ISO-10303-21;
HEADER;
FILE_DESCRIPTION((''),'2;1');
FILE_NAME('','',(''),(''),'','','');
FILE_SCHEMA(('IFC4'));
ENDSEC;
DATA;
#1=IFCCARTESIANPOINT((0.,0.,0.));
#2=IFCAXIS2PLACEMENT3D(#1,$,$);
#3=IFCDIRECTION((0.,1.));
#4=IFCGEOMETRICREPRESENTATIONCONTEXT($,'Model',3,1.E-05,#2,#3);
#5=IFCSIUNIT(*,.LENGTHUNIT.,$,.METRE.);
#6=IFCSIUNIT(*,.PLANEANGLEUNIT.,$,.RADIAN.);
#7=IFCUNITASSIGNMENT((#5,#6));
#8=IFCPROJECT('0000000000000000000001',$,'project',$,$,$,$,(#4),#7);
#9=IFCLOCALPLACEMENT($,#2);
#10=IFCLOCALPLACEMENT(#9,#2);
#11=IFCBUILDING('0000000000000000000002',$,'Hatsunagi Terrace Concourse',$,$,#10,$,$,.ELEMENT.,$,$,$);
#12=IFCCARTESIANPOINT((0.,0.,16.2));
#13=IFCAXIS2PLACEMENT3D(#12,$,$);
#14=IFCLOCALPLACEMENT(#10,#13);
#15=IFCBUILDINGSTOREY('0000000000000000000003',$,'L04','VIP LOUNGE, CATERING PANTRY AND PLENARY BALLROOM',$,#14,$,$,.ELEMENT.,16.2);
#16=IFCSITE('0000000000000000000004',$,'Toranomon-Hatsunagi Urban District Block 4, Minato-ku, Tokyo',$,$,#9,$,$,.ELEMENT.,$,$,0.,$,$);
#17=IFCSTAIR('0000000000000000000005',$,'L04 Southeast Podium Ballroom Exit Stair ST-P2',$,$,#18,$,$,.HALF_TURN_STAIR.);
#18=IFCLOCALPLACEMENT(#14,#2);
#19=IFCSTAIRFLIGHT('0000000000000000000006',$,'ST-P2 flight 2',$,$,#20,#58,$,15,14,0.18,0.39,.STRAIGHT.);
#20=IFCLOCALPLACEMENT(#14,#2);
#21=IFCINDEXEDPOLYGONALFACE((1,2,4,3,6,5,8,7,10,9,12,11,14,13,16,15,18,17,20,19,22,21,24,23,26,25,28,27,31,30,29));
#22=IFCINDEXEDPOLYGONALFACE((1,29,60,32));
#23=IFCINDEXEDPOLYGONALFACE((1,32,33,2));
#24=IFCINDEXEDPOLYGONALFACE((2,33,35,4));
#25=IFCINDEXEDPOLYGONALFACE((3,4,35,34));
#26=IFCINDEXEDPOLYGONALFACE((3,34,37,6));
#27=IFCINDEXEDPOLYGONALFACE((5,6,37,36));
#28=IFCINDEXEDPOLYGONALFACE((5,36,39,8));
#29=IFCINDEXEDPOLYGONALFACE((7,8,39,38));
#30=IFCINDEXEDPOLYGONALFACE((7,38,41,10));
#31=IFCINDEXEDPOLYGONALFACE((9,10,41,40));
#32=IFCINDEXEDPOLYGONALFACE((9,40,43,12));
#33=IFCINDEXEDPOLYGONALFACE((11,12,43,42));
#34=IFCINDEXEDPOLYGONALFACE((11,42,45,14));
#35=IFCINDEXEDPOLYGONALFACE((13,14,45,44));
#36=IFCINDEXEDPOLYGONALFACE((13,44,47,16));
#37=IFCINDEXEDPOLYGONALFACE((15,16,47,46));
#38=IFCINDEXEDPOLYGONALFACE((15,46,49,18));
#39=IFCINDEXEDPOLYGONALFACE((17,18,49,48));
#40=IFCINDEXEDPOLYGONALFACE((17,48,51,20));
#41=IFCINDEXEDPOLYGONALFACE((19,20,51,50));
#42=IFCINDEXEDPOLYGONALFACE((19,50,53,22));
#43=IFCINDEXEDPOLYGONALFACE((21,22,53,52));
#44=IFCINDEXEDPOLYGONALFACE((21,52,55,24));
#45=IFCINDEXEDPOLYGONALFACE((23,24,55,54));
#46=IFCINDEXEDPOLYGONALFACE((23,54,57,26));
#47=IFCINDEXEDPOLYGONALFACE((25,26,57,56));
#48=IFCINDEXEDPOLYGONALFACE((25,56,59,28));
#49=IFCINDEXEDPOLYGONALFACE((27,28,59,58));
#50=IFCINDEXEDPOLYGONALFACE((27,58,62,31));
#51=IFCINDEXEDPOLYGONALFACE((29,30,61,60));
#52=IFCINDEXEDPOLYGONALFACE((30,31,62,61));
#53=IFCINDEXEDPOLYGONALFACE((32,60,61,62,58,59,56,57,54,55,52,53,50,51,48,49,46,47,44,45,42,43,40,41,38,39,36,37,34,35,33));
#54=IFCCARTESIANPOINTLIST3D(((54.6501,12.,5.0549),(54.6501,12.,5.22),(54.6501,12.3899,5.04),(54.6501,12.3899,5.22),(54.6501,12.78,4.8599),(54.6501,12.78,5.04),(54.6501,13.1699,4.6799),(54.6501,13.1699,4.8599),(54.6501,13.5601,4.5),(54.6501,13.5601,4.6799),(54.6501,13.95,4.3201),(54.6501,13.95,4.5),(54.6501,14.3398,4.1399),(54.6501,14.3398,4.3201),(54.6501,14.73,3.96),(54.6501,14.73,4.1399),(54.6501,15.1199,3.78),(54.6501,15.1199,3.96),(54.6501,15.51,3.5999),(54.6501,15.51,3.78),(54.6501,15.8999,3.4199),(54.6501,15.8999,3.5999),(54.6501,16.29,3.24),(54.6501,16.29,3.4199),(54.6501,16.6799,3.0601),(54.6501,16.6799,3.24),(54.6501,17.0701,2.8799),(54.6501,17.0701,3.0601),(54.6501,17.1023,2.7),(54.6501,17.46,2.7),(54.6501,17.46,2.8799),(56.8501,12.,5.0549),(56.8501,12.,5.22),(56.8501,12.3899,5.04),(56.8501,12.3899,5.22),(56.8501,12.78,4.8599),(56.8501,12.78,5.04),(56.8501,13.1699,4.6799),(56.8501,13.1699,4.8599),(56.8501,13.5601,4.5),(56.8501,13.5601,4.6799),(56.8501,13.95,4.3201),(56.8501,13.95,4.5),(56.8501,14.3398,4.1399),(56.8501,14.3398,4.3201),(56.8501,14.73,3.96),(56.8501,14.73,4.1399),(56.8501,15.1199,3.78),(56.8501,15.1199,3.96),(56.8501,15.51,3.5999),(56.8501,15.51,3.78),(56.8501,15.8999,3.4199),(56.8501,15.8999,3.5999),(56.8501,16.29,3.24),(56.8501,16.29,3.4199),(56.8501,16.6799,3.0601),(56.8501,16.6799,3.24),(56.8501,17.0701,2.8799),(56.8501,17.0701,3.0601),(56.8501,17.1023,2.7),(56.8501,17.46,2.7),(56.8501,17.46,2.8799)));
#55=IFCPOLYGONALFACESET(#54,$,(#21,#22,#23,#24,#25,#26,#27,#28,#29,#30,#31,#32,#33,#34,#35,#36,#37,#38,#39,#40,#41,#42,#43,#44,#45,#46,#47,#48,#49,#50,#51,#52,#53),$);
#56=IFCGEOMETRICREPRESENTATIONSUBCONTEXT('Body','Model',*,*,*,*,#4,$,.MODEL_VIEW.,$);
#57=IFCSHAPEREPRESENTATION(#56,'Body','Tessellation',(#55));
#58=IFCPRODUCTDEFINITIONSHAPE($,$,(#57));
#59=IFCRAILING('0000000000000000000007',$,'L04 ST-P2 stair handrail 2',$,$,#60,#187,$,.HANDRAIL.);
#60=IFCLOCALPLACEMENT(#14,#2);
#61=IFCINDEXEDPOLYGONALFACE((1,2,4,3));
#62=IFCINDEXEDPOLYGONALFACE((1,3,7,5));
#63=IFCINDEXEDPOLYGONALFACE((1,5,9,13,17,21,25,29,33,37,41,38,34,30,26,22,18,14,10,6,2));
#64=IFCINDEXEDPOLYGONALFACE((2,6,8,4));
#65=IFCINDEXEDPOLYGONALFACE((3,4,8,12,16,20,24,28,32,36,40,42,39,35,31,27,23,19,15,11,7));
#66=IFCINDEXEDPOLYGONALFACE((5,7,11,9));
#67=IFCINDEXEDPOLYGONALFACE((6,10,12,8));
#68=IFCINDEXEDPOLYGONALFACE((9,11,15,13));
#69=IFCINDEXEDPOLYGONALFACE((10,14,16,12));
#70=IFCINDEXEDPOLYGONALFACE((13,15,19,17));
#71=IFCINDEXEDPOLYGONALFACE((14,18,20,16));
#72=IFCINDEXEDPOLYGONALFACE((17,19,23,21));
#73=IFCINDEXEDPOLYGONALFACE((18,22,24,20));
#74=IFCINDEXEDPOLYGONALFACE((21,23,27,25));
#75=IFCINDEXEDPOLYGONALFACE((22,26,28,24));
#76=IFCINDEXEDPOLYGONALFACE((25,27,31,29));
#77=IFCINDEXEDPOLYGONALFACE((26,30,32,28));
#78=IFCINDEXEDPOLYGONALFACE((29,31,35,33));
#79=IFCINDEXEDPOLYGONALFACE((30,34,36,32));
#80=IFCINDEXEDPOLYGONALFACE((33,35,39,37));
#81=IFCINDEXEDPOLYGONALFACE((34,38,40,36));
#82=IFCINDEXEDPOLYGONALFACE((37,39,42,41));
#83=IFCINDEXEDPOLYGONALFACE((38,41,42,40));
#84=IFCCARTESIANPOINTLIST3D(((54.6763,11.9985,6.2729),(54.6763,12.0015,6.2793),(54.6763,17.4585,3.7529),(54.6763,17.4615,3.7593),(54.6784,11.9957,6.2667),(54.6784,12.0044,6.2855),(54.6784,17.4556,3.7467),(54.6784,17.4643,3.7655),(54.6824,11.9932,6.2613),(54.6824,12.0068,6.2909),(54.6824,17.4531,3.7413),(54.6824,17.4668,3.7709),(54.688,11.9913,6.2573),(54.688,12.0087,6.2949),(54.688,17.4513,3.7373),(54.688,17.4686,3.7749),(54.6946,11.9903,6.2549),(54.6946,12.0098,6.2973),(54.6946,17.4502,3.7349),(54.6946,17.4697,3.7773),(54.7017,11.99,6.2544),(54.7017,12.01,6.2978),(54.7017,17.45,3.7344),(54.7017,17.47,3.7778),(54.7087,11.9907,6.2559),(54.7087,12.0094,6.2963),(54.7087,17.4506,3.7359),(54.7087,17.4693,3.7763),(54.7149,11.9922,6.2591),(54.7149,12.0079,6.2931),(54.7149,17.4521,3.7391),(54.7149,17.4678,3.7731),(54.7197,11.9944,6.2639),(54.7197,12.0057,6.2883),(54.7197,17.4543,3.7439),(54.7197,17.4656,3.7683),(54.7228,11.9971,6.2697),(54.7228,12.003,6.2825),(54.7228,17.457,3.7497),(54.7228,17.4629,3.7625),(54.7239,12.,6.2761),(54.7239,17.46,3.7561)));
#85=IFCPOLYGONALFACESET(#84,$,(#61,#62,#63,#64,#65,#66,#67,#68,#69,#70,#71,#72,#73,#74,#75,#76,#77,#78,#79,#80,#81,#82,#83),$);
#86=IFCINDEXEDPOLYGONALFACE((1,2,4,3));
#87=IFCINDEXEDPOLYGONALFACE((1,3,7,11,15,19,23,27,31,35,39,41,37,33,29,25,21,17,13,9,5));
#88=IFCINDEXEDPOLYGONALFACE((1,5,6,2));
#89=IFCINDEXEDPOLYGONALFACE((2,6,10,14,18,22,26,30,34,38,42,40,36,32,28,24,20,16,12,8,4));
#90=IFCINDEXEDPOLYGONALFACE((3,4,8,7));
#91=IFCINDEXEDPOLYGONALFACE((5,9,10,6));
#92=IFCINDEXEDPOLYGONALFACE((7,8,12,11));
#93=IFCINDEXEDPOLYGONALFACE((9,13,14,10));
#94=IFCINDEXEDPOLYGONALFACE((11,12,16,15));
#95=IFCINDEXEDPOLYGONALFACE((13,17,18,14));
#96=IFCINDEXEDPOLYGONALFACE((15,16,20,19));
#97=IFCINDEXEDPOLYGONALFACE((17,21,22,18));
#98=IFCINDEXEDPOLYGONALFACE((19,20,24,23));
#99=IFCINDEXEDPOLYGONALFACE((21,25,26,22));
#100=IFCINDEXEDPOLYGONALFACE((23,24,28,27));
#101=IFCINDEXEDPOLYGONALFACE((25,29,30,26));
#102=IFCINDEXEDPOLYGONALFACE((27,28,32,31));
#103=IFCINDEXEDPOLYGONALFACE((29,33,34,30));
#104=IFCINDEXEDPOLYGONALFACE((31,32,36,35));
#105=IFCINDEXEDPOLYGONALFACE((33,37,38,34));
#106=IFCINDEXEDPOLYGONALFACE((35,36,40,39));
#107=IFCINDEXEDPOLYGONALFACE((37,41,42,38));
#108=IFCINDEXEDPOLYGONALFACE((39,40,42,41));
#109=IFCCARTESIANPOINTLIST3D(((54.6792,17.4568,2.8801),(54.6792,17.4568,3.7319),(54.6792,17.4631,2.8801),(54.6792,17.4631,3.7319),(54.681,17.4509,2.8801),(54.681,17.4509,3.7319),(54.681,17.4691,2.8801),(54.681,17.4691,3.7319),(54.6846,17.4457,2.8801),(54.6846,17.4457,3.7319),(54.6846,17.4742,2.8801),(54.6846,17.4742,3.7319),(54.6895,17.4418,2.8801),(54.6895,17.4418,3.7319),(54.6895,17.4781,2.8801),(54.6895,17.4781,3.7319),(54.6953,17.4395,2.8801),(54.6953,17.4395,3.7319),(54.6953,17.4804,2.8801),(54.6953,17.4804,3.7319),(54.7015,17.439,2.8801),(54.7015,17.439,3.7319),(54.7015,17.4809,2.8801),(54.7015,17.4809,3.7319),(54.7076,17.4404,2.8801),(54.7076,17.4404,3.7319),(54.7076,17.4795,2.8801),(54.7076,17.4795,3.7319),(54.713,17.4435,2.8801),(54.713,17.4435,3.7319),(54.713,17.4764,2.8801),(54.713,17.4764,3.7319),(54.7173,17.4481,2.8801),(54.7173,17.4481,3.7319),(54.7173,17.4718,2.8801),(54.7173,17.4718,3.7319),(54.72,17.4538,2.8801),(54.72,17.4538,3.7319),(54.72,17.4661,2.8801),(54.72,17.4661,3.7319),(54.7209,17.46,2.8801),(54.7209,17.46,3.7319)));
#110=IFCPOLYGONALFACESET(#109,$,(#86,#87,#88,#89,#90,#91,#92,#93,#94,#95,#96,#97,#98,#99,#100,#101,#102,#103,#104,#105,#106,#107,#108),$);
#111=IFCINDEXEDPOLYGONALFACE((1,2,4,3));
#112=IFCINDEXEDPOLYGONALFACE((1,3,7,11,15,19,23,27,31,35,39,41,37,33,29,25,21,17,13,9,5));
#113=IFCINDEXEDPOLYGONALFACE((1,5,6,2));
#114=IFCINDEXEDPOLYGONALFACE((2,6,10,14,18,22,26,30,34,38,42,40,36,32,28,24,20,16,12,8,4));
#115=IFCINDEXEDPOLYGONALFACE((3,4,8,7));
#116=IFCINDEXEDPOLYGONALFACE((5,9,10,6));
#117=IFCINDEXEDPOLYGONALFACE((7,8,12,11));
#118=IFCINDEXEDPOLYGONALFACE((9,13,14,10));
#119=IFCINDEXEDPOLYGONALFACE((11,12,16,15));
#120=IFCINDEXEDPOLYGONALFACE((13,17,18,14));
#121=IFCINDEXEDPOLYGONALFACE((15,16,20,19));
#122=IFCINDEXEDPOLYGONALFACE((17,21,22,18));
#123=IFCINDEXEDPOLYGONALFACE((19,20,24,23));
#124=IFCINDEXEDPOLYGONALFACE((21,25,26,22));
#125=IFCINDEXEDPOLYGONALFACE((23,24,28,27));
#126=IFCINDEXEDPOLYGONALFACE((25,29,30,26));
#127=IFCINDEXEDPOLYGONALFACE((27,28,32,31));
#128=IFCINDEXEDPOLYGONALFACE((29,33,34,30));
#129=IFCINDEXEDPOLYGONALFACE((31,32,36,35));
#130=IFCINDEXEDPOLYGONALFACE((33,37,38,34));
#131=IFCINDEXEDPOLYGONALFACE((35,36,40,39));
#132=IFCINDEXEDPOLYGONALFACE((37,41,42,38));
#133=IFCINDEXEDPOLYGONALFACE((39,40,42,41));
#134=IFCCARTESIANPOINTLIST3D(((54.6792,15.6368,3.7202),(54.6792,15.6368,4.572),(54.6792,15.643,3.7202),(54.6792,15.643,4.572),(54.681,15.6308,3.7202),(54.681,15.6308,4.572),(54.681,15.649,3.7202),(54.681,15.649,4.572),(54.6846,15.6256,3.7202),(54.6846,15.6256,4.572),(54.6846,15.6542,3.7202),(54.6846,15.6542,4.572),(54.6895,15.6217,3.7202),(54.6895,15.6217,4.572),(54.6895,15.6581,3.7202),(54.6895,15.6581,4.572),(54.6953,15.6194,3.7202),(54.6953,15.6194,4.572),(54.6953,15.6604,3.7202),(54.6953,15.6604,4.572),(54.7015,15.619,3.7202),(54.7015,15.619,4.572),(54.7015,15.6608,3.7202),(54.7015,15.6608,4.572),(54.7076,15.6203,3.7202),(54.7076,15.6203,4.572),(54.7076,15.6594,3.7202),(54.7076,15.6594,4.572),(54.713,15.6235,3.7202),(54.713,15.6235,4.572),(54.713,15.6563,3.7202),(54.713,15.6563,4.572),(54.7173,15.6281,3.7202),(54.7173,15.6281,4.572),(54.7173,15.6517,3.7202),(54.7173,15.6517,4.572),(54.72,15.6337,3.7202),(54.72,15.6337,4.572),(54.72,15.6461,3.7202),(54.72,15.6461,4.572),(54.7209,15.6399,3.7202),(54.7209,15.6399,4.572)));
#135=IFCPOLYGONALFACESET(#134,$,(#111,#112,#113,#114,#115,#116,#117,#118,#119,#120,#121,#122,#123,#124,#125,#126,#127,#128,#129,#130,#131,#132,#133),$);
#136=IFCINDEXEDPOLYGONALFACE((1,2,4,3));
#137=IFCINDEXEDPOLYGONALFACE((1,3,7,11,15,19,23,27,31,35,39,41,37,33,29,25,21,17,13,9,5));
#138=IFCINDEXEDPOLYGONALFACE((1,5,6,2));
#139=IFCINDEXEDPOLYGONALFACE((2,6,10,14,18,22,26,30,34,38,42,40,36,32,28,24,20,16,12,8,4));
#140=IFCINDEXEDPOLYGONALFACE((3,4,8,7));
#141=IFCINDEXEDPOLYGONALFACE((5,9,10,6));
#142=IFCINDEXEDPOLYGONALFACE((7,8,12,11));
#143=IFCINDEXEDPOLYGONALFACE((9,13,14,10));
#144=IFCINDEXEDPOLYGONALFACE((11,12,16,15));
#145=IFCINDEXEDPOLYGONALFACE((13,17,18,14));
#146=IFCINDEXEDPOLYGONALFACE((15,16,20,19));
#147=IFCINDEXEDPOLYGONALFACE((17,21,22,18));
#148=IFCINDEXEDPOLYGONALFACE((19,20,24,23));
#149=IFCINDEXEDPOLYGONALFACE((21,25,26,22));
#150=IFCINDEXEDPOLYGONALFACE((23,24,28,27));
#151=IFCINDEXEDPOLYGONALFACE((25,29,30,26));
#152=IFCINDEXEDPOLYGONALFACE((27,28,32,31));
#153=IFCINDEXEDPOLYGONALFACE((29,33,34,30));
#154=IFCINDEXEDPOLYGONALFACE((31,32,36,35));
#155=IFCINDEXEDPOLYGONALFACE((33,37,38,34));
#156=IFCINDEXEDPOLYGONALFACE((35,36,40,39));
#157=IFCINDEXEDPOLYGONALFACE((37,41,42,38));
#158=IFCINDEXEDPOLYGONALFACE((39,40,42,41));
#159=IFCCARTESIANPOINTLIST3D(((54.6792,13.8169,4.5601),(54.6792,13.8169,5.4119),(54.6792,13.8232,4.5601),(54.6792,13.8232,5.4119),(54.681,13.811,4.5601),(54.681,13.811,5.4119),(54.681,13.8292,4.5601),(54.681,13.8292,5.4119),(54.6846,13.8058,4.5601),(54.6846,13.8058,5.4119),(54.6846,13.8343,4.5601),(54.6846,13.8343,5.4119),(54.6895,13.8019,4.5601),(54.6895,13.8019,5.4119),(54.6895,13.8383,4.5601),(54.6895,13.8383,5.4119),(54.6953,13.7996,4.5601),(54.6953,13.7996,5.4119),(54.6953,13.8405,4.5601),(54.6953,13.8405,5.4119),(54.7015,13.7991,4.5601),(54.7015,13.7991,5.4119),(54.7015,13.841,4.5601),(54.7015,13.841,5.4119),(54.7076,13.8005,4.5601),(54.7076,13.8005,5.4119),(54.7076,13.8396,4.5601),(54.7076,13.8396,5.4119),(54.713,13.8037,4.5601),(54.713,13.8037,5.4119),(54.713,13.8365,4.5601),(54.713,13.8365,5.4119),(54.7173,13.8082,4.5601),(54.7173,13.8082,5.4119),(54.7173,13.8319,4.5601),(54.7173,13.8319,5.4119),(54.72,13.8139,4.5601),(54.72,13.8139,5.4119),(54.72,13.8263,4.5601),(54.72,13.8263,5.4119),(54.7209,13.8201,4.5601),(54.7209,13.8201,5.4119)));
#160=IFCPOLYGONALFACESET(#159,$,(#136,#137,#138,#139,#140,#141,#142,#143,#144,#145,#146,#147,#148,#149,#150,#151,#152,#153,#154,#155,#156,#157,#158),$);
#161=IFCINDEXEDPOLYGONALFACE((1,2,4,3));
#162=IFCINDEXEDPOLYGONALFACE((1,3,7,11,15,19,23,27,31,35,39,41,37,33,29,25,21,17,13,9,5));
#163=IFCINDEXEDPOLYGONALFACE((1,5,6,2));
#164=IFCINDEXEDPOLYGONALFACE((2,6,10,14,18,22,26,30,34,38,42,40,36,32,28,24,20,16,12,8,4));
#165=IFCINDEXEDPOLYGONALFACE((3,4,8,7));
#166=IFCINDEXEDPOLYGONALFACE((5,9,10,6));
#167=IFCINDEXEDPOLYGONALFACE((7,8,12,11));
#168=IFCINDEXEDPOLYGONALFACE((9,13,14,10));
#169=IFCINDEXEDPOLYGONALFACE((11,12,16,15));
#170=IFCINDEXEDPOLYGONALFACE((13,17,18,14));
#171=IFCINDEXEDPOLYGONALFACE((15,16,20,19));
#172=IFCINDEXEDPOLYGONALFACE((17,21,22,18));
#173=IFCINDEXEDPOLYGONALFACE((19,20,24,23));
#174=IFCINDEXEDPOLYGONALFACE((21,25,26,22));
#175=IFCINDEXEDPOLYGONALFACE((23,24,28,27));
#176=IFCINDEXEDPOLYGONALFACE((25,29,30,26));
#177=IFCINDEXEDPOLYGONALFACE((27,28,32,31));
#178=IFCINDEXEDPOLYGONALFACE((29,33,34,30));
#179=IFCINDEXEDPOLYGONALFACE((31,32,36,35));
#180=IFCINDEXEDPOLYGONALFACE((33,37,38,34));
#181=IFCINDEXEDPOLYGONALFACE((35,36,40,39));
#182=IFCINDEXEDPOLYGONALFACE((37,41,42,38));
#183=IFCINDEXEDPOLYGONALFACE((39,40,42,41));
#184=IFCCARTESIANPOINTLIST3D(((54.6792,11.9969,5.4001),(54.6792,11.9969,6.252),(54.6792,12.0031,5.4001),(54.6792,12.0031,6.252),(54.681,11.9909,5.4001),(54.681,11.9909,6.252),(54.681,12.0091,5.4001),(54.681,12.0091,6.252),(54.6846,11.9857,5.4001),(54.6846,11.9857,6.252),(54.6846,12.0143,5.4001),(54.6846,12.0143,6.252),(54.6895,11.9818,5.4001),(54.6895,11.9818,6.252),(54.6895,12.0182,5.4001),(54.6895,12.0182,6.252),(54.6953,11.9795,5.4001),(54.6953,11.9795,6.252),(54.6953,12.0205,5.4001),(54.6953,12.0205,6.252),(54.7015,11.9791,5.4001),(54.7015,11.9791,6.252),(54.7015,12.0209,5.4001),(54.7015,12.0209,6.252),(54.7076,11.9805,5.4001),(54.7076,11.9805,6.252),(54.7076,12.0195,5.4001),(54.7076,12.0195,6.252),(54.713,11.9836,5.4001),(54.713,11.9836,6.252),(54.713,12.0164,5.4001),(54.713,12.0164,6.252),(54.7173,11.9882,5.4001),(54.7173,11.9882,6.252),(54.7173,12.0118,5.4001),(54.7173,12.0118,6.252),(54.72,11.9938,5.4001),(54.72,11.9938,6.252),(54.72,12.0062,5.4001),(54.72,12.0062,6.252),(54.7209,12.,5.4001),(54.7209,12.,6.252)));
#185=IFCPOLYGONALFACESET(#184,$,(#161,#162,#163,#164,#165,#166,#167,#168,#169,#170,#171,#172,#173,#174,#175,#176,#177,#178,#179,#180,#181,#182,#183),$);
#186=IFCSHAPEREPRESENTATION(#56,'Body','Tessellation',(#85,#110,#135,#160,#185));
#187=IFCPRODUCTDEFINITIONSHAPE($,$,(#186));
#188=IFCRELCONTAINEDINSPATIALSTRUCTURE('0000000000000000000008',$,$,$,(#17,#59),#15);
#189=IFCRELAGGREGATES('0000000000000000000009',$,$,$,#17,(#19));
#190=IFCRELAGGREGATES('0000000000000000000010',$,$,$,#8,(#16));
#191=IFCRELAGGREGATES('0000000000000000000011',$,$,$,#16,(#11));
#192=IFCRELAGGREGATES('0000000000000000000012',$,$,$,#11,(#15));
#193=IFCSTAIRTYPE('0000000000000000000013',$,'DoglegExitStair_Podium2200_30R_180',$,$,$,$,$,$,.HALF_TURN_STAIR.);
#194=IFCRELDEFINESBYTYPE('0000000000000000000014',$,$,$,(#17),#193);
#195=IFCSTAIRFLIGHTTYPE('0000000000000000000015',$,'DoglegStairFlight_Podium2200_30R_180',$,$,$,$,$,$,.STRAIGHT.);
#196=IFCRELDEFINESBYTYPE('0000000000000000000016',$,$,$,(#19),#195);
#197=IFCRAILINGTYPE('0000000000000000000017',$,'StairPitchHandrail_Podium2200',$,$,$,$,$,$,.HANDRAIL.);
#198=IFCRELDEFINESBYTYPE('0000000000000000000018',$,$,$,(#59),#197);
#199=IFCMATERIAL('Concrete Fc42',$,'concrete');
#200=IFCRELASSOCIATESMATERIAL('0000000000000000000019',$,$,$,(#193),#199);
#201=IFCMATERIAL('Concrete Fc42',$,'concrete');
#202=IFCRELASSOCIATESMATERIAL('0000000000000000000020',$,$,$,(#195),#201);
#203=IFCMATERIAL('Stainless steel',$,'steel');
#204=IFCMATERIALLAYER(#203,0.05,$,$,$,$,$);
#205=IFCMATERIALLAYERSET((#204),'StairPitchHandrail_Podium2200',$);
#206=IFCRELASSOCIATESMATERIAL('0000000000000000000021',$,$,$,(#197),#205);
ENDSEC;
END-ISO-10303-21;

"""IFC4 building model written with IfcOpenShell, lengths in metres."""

from ifc_helpers import new_model, si_unit, direction, frame, origin, origin_2d, place, context, subcontext, project, spatial, polyline, circle, outline, extrude, material, layer, layer_set, type_object, element, aggregate, save


model = new_model("IFC4")

# Units and contexts
model_context = context("Model", 3, precision=1e-05, world=origin(), true_north=direction((0.0, 1.0)))
body_context = subcontext(model_context, "Body", "Model", "MODEL_VIEW")
ifc_project = project(units=[si_unit("LENGTHUNIT", "METRE"), si_unit("PLANEANGLEUNIT", "RADIAN")], contexts=[model_context])

# Site, building, storey
site_placement = place(None, origin())
site = spatial("IfcSite", under=ifc_project, at=site_placement, Name="Toranomon-Hatsunagi Urban District Block 4, Minato-ku, Tokyo", CompositionType="ELEMENT", RefElevation=0.0)
building_placement = place(site_placement, origin())
building = spatial("IfcBuilding", under=site, at=building_placement, Name="Hatsunagi Terrace Concourse", CompositionType="ELEMENT")
storey_placement = place(building_placement, frame((0.0, 0.0, 16.2)))
storey = spatial("IfcBuildingStorey", under=building, at=storey_placement, Name="L04", Description="VIP LOUNGE, CATERING PANTRY AND PLENARY BALLROOM", CompositionType="ELEMENT", Elevation=16.2)

# Stair, stair flight
ifc_material_1 = material(Name="Concrete Fc42", Category="concrete")
stair_type = type_object("IfcStairType", Name="DoglegExitStair_Podium2200_30R_180", PredefinedType="HALF_TURN_STAIR", material=ifc_material_1)
stair_placement = place(storey_placement, origin())
stair = element("IfcStair", 1, at=stair_placement, inside=storey, type_object=stair_type, Name="L04 Southeast Podium Ballroom Exit Stair ST-P2", PredefinedType="HALF_TURN_STAIR")
ifc_material_2 = material(Name="Concrete Fc42", Category="concrete")
stair_flight_type = type_object("IfcStairFlightType", Name="DoglegStairFlight_Podium2200_30R_180", PredefinedType="STRAIGHT", material=ifc_material_2)
stair_flight_placement = place(storey_placement, frame((55.75, 17.46, 2.7), z_axis=(0.0, 0.0, 1.0), x_axis=(0.0, -1.0, 0.0)))
stair_flight = element("IfcStairFlight", 2, at=stair_flight_placement, type_object=stair_flight_type, Name="ST-P2 flight 2", NumberOfRisers=15, NumberOfTreads=14, PredefinedType="STRAIGHT", RiserHeight=0.18, TreadLength=0.39, context=body_context, shape_type="SweptSolid", body=[
    extrude(outline(polyline([(0.0, 0.0), (0.0, 0.1799), (0.3899, 0.1799), (0.3899, 0.3601), (0.78, 0.3601), (0.78, 0.54), (1.1699, 0.54), (1.1699, 0.72), (1.5601, 0.72), (1.5601, 0.8999), (1.95, 0.8999), (1.95, 1.0801), (2.3401, 1.0801), (2.3401, 1.26), (2.73, 1.26), (2.73, 1.4399), (3.1201, 1.4399), (3.1201, 1.6201), (3.51, 1.6201), (3.51, 1.8), (3.8999, 1.8), (3.8999, 1.98), (4.29, 1.98), (4.29, 2.1599), (4.6799, 2.1599), (4.6799, 2.3401), (5.0701, 2.3401), (5.0701, 2.52), (5.46, 2.52), (5.46, 2.7), (5.46, 2.355), (0.3577, 0.0), (0.0, 0.0)])), frame((0.0, 1.1001, 0.0), z_axis=(0.0, -1.0, 0.0), x_axis=(1.0, 0.0, 0.0)), (0.0, 0.0, 1.0), 2.2),
])
aggregate(stair, [stair_flight])

# Railing
ifc_material_3 = material(Name="Stainless steel", Category="steel")
ifc_layer_1 = layer(ifc_material_3, 0.05)
ifc_layer_set_1 = layer_set([ifc_layer_1], Name="StairPitchHandrail_Podium2200")
railing_type_1 = type_object("IfcRailingType", Name="StairPitchHandrail_Podium2200", PredefinedType="HANDRAIL", material=ifc_layer_set_1)
railing_1_placement = place(storey_placement, frame((54.7, 17.46, 2.8801)))
element("IfcRailing", 3, at=railing_1_placement, inside=storey, type_object=railing_type_1, Name="L04 ST-P2 stair handrail 2", PredefinedType="HANDRAIL", context=body_context, shape_type="SweptSolid", body=[
    extrude(circle(Radius=0.0239, at=origin_2d()), frame((0.0, 0.0, 0.876), z_axis=(0.0, -0.907957, 0.419063), x_axis=(1.0, 0.0, 0.0)), (0.0, 0.0, 1.0), 6.0134),
    extrude(circle(Radius=0.021, at=origin_2d()), origin(), (0.0, 0.0, 1.0), 0.8518),
    extrude(circle(Radius=0.021, at=origin_2d()), frame((0.0, -1.8201, 0.8401)), (0.0, 0.0, 1.0), 0.8518),
    extrude(circle(Radius=0.021, at=origin_2d()), frame((0.0, -3.6399, 1.6799)), (0.0, 0.0, 1.0), 0.8518),
    extrude(circle(Radius=0.021, at=origin_2d()), frame((0.0, -5.46, 2.52)), (0.0, 0.0, 1.0), 0.8518),
])

save(model, "model.ifc")
